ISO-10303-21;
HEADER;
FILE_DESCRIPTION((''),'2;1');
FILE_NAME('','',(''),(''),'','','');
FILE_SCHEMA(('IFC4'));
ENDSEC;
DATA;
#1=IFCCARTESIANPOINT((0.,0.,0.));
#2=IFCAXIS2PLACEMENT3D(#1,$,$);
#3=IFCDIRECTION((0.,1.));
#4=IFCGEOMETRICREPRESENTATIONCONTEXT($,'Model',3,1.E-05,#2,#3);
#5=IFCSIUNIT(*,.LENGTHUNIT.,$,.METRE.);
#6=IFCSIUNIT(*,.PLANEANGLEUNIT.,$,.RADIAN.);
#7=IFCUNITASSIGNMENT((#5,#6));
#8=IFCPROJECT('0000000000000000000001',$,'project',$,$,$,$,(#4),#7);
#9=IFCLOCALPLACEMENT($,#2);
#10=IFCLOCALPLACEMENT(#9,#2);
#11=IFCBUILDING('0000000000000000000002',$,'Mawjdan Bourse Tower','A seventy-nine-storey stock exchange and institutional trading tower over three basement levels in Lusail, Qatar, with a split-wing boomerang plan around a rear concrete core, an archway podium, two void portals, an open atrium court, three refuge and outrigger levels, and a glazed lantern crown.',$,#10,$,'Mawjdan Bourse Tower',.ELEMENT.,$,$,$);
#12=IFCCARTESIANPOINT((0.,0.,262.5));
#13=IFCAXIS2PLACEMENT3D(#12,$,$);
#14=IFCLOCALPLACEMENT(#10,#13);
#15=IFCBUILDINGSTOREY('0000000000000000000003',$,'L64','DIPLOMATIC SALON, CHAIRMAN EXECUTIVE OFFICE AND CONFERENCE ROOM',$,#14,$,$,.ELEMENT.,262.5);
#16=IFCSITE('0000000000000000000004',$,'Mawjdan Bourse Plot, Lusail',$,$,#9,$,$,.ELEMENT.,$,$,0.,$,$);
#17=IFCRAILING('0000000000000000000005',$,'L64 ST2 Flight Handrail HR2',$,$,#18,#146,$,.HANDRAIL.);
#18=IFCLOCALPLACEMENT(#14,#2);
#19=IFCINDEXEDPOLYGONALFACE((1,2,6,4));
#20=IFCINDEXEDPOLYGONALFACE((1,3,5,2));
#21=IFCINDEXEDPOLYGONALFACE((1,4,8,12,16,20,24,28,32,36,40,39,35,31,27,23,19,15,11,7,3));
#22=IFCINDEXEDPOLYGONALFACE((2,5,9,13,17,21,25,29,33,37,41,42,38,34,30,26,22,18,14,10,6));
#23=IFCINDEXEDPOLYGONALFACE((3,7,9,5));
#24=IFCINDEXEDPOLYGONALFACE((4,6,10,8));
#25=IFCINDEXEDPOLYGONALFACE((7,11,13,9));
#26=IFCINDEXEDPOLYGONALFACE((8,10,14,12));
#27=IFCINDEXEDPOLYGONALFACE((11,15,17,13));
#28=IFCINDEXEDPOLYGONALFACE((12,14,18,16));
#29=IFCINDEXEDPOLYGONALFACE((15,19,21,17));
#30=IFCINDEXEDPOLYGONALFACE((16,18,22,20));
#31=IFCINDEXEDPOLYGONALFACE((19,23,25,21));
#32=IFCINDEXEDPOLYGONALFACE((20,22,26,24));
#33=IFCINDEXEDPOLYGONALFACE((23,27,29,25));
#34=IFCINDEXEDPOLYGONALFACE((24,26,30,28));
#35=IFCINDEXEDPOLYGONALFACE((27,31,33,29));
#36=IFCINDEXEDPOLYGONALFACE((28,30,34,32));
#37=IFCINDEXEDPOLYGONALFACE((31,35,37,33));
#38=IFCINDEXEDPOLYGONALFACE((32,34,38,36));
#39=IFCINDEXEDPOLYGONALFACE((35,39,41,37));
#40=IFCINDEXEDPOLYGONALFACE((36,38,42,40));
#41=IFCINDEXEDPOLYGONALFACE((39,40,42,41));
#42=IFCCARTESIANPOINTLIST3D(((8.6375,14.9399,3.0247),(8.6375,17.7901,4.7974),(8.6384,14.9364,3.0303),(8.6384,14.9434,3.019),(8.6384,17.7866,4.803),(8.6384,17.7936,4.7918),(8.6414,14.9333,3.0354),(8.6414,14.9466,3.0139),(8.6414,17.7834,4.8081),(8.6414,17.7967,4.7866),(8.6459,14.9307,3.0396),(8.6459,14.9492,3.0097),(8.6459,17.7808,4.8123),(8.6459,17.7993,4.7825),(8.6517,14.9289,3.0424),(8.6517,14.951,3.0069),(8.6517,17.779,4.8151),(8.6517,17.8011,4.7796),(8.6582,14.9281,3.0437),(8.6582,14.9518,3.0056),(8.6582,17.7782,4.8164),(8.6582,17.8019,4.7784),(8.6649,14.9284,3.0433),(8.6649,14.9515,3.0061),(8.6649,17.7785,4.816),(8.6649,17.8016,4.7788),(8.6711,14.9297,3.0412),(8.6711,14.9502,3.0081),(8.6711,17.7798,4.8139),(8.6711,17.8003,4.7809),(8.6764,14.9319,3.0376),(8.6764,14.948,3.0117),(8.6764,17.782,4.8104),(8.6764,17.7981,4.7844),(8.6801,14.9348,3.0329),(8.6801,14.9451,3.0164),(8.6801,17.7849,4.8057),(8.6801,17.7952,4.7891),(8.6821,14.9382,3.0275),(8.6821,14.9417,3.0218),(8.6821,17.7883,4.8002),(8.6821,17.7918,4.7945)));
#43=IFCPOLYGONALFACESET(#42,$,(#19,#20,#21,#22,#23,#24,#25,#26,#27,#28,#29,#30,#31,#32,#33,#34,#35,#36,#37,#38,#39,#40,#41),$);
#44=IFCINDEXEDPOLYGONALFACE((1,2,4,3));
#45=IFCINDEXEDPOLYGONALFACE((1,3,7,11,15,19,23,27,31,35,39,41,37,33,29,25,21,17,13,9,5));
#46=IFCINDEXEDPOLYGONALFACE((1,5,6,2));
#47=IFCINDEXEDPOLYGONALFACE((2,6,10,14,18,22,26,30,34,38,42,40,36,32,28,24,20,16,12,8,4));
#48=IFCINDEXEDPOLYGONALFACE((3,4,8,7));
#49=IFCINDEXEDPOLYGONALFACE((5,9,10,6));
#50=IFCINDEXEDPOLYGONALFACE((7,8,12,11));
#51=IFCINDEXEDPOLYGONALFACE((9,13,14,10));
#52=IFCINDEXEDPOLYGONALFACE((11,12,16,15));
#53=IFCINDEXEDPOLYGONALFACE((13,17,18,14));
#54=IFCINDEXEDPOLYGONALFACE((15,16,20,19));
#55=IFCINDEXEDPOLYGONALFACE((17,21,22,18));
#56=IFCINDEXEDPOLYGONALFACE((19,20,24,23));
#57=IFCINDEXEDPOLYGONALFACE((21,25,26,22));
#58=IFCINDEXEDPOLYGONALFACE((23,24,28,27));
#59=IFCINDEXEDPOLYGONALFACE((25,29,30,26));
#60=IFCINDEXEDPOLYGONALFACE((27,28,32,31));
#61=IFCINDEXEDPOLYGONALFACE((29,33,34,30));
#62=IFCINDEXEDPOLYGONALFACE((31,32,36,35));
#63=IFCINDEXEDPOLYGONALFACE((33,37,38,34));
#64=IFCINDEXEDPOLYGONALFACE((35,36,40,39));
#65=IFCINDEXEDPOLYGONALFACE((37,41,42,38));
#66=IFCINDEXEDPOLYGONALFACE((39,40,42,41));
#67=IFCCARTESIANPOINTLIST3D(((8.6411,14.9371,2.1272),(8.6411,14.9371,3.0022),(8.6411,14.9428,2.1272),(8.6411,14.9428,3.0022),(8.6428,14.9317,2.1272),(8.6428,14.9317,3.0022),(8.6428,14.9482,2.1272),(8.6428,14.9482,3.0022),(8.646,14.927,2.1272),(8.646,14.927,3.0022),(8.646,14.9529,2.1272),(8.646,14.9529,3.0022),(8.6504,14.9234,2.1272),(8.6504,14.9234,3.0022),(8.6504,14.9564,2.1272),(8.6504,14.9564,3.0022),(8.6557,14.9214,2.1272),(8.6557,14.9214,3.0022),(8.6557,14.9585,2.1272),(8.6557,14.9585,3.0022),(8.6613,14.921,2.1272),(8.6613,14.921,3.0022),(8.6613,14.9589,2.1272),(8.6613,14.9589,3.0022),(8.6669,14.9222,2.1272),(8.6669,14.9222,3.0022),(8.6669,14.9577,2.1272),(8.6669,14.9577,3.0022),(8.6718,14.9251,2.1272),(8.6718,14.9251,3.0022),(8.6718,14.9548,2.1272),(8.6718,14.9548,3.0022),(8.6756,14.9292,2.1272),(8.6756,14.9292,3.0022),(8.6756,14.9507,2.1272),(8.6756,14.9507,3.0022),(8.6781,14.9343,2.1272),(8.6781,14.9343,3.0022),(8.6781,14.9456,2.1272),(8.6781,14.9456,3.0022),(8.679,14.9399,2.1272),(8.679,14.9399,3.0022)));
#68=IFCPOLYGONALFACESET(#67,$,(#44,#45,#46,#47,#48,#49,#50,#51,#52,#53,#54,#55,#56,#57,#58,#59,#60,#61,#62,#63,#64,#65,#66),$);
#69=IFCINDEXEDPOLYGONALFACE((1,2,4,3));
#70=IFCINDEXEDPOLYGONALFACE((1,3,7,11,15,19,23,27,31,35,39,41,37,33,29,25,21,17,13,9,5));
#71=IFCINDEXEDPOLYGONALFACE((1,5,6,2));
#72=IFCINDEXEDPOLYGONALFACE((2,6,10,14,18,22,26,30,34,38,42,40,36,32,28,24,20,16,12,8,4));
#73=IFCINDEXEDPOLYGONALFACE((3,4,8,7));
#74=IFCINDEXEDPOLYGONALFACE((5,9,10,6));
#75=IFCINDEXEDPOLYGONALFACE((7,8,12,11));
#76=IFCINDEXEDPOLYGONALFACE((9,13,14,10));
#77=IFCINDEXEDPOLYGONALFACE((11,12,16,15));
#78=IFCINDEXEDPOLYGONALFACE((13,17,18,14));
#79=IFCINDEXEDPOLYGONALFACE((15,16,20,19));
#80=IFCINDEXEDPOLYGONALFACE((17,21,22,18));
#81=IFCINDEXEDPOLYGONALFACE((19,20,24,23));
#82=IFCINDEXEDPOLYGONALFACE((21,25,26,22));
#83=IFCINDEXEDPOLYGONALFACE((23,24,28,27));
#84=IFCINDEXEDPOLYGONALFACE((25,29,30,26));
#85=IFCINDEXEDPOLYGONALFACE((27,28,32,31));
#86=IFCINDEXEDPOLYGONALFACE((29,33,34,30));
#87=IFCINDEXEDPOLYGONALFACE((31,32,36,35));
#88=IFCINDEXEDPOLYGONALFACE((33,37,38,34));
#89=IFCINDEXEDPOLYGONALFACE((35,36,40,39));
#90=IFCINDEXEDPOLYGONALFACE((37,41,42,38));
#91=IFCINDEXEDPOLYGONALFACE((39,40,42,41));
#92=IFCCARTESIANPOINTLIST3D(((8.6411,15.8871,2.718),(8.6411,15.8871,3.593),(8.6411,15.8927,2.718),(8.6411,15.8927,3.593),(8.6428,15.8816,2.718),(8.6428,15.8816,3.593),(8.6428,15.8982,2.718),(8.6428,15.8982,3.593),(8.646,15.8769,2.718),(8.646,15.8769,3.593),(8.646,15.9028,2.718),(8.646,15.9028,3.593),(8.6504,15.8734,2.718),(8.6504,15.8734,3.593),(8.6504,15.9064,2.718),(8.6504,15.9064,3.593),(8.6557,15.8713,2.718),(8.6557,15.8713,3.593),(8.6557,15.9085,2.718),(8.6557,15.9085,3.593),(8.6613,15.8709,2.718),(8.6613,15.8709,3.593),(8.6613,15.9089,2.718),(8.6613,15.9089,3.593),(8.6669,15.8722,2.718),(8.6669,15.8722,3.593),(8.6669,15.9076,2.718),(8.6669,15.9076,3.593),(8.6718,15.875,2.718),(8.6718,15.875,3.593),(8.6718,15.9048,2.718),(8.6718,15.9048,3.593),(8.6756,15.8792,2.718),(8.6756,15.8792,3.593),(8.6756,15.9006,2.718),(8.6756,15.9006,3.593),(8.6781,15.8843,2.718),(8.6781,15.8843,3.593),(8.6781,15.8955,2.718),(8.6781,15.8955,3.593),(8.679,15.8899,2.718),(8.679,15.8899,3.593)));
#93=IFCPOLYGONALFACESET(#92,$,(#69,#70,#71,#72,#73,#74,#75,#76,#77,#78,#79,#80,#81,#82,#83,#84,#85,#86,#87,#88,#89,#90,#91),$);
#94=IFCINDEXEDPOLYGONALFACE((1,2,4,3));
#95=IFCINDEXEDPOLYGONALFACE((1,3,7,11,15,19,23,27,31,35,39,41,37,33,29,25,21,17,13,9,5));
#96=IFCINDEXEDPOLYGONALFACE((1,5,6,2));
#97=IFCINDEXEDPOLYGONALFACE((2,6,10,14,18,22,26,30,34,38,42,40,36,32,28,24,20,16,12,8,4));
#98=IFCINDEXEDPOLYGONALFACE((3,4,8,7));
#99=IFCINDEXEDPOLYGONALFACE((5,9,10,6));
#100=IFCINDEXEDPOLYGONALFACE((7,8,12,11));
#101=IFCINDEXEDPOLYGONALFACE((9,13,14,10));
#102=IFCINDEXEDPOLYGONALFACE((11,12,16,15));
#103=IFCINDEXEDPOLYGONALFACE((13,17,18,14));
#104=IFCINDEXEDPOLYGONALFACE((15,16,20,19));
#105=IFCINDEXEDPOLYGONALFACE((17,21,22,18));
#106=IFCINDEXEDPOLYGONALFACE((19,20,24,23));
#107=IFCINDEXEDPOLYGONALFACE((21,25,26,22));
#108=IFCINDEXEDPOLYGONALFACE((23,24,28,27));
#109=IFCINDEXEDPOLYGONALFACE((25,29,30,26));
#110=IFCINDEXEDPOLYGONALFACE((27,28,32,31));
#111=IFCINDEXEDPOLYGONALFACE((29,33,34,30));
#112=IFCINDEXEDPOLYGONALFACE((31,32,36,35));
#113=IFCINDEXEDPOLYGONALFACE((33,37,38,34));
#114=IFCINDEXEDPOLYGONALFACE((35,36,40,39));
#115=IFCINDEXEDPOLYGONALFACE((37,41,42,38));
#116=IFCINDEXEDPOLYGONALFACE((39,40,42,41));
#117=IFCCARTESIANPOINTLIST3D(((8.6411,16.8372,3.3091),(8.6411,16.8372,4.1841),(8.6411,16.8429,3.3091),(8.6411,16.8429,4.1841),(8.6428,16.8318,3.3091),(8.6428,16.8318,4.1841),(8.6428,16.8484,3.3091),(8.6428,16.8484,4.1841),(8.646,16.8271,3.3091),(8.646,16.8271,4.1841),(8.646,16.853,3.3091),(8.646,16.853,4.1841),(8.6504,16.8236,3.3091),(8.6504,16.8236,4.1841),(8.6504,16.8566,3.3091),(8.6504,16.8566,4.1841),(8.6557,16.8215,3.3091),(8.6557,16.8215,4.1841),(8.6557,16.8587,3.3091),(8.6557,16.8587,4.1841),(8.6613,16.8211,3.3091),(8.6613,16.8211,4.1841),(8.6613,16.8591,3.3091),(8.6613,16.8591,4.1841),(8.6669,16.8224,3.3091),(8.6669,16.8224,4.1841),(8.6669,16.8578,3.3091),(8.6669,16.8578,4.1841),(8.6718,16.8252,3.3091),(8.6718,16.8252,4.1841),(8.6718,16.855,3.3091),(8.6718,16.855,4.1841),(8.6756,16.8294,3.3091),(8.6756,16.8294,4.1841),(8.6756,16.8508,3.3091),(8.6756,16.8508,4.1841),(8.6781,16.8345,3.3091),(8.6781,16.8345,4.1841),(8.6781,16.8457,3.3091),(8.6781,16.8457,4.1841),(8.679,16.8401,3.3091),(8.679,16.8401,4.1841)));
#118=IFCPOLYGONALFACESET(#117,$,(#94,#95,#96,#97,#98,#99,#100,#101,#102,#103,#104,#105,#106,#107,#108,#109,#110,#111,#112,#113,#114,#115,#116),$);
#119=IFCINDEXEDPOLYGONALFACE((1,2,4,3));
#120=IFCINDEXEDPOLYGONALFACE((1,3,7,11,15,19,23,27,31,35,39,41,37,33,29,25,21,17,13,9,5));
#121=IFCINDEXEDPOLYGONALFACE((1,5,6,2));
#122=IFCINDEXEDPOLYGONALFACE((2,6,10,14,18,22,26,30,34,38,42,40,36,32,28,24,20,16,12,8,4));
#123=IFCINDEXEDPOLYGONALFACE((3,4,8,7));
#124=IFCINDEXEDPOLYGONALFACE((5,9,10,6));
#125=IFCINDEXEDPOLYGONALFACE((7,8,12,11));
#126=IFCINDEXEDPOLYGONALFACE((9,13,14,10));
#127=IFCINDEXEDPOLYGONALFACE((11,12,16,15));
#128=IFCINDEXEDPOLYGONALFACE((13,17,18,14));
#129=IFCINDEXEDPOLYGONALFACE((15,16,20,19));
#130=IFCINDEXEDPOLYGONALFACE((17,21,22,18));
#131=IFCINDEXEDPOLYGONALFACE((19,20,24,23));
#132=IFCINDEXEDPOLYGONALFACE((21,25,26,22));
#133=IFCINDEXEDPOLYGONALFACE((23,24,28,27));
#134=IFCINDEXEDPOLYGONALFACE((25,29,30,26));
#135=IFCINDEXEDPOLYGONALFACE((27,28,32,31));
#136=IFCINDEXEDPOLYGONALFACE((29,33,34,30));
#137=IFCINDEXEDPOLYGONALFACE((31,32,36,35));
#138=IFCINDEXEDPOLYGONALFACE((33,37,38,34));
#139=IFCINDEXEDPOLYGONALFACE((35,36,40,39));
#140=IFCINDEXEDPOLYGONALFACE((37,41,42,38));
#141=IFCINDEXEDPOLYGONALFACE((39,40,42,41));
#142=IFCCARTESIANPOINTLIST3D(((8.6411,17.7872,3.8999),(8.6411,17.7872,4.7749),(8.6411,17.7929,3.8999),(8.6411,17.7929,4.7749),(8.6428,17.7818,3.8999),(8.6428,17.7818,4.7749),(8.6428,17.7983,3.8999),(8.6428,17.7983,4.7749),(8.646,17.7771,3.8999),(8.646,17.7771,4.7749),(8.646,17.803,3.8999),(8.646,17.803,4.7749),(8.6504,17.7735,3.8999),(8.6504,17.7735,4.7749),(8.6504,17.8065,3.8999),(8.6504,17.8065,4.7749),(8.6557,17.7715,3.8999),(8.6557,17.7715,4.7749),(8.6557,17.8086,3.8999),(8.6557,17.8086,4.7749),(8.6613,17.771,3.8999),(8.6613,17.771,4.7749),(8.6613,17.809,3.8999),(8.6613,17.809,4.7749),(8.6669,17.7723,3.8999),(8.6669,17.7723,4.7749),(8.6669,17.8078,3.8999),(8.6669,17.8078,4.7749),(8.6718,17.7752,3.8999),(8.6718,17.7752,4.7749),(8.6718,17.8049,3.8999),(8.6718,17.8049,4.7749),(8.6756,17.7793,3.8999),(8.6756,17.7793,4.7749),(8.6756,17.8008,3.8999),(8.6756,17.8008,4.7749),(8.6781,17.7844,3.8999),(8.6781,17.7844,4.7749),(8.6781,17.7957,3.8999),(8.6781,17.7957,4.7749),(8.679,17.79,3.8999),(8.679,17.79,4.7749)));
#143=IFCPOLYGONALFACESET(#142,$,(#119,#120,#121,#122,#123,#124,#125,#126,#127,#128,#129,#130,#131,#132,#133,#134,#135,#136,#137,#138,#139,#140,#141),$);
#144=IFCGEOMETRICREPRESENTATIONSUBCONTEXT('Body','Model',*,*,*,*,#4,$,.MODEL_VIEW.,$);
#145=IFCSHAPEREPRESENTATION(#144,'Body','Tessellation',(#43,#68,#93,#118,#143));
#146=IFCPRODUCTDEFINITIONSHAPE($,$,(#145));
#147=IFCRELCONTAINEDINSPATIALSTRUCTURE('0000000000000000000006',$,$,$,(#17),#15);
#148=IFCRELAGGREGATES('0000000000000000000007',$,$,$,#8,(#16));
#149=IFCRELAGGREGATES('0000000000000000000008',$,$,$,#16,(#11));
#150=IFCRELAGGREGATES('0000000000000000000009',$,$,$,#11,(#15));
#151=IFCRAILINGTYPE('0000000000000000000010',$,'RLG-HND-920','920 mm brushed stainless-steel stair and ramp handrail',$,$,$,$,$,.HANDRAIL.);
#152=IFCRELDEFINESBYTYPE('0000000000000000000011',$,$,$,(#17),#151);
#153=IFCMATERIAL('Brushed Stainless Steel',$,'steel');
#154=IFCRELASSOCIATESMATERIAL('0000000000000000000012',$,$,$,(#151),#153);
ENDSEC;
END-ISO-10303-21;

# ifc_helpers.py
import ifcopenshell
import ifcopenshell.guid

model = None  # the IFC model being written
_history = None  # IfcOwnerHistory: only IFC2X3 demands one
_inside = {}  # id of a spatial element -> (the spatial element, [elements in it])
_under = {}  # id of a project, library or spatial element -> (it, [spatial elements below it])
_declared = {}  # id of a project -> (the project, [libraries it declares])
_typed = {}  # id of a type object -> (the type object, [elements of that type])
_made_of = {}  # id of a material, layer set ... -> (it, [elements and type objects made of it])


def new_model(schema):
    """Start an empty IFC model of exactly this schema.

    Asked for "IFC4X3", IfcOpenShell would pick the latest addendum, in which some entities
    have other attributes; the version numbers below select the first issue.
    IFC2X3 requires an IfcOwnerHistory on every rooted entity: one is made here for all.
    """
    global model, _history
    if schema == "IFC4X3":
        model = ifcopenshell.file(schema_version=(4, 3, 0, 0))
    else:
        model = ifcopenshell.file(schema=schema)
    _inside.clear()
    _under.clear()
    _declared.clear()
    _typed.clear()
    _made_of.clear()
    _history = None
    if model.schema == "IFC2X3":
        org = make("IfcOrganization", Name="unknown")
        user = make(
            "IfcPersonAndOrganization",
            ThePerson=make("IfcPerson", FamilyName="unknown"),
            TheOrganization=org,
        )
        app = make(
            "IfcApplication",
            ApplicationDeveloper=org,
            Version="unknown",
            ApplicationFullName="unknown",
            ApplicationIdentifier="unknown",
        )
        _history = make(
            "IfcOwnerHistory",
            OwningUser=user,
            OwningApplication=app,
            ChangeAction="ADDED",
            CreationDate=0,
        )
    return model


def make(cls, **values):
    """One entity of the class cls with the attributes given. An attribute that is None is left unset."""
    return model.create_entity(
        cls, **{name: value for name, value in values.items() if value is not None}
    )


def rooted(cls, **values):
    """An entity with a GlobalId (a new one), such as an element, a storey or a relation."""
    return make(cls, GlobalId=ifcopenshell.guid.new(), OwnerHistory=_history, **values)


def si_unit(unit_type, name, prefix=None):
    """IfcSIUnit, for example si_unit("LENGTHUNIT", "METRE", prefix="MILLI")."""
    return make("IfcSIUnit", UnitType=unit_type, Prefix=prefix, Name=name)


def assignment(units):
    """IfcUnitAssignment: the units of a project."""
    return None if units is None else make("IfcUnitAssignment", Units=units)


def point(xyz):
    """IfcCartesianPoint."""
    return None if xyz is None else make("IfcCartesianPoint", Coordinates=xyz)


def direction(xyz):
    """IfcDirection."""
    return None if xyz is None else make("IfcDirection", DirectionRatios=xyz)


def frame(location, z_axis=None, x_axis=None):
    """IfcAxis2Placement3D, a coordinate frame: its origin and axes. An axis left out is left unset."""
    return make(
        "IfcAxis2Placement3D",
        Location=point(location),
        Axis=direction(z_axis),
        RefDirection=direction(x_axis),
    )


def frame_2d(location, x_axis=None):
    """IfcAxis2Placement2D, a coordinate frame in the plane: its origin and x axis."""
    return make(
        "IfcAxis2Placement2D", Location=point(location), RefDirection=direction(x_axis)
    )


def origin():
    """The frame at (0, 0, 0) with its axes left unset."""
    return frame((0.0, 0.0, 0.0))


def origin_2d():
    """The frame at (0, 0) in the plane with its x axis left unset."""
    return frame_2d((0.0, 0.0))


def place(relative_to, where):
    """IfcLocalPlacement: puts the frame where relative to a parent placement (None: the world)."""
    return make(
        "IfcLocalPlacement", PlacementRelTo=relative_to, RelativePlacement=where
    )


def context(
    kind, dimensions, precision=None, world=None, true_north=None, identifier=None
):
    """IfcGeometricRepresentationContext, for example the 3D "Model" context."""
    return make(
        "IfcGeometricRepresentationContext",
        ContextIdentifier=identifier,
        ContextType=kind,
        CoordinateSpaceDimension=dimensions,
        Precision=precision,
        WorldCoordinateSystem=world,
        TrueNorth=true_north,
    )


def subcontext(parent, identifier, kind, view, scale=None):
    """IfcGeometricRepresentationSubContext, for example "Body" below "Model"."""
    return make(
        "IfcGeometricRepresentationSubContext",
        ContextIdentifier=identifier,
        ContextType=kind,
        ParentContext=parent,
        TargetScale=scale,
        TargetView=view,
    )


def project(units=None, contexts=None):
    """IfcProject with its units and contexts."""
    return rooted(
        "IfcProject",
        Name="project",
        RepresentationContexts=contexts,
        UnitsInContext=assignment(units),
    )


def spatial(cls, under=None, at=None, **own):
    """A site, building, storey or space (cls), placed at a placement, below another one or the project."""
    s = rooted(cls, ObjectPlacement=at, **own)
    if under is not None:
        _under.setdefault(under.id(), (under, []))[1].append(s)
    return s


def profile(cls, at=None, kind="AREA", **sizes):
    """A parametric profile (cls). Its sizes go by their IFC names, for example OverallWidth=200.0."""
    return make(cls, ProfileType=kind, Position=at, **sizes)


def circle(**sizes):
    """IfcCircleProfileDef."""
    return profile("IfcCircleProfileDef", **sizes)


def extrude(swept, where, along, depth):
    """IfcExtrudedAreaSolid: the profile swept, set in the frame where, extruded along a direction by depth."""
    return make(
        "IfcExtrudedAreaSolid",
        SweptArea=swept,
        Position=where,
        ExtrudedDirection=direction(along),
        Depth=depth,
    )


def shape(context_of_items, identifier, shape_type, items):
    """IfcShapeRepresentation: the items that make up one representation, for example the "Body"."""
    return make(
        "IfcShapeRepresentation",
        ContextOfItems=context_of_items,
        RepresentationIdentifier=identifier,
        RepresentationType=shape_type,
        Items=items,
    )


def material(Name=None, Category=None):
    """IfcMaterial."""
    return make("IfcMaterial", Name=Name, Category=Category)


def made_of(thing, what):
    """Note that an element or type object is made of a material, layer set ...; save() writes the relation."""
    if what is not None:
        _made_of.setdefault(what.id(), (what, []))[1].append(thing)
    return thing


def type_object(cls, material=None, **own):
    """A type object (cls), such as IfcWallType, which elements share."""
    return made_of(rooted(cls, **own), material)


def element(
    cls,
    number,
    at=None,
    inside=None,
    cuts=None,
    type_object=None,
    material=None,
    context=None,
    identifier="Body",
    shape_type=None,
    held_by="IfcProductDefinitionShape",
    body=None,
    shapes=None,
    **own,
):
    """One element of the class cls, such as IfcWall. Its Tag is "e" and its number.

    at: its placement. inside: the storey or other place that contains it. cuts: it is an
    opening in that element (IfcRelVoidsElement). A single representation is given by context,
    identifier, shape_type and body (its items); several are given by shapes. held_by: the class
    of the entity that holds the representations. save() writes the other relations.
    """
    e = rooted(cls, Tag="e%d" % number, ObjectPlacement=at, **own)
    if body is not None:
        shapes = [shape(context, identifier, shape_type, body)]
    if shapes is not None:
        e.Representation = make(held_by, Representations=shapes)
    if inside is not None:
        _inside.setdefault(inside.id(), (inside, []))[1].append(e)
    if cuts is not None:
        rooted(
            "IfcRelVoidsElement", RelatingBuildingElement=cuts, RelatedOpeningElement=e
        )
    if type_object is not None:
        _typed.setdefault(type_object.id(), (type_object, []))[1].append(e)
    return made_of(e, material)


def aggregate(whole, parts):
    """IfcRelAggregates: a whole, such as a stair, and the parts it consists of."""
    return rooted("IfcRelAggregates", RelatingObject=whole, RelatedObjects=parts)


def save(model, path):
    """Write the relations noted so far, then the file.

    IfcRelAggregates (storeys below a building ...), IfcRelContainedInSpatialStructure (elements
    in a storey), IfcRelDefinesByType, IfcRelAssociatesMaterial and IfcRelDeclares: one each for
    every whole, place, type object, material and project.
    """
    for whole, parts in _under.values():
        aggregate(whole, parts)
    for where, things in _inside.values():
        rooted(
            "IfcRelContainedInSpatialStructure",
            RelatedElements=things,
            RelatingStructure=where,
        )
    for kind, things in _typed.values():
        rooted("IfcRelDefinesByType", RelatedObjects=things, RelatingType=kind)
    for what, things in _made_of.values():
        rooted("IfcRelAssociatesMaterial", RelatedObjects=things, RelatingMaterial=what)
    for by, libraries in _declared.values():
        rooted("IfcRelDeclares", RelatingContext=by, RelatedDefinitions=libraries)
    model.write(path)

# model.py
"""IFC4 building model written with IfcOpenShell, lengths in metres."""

from ifc_helpers import new_model, si_unit, direction, frame, origin, origin_2d, place, context, subcontext, project, spatial, circle, extrude, material, type_object, element, save


model = new_model("IFC4")

# Units and contexts
model_context = context("Model", 3, precision=1e-05, world=origin(), true_north=direction((0.0, 1.0)))
body_context = subcontext(model_context, "Body", "Model", "MODEL_VIEW")
ifc_project = project(units=[si_unit("LENGTHUNIT", "METRE"), si_unit("PLANEANGLEUNIT", "RADIAN")], contexts=[model_context])

# Site, building, storey
site_placement = place(None, origin())
site = spatial("IfcSite", under=ifc_project, at=site_placement, Name="Mawjdan Bourse Plot, Lusail", CompositionType="ELEMENT", RefElevation=0.0)
building_placement = place(site_placement, origin())
building = spatial("IfcBuilding", under=site, at=building_placement, Name="Mawjdan Bourse Tower", Description="A seventy-nine-storey stock exchange and institutional trading tower over three basement levels in Lusail, Qatar, with a split-wing boomerang plan around a rear concrete core, an archway podium, two void portals, an open atrium court, three refuge and outrigger levels, and a glazed lantern crown.", LongName="Mawjdan Bourse Tower", CompositionType="ELEMENT")
storey_placement = place(building_placement, frame((0.0, 0.0, 262.5)))
storey = spatial("IfcBuildingStorey", under=building, at=storey_placement, Name="L64", Description="DIPLOMATIC SALON, CHAIRMAN EXECUTIVE OFFICE AND CONFERENCE ROOM", CompositionType="ELEMENT", Elevation=262.5)

# Railing
ifc_material_1 = material(Name="Brushed Stainless Steel", Category="steel")
railing_type_1 = type_object("IfcRailingType", Name="RLG-HND-920", Description="920 mm brushed stainless-steel stair and ramp handrail", PredefinedType="HANDRAIL", material=ifc_material_1)
railing_placement = place(storey_placement, frame((8.6599, 14.9399, 2.1272)))
element("IfcRailing", 1, at=railing_placement, inside=storey, type_object=railing_type_1, Name="L64 ST2 Flight Handrail HR2", PredefinedType="HANDRAIL", context=body_context, shape_type="SweptSolid", body=[
    extrude(circle(Radius=0.0225, at=origin_2d()), frame((0.0, 0.0, 0.8975), z_axis=(0.0, 0.849149, 0.528154), x_axis=(-1.0, 0.0, 0.0)), (0.0, 0.0, 1.0), 3.3564),
    extrude(circle(Radius=0.019, at=origin_2d()), origin(), (0.0, 0.0, 1.0), 0.875),
    extrude(circle(Radius=0.019, at=origin_2d()), frame((0.0, 0.95, 0.5908)), (0.0, 0.0, 1.0), 0.875),
    extrude(circle(Radius=0.019, at=origin_2d()), frame((0.0, 1.9001, 1.1819)), (0.0, 0.0, 1.0), 0.875),
    extrude(circle(Radius=0.019, at=origin_2d()), frame((0.0, 2.8501, 1.7727)), (0.0, 0.0, 1.0), 0.875),
])

save(model, "model.ifc")
